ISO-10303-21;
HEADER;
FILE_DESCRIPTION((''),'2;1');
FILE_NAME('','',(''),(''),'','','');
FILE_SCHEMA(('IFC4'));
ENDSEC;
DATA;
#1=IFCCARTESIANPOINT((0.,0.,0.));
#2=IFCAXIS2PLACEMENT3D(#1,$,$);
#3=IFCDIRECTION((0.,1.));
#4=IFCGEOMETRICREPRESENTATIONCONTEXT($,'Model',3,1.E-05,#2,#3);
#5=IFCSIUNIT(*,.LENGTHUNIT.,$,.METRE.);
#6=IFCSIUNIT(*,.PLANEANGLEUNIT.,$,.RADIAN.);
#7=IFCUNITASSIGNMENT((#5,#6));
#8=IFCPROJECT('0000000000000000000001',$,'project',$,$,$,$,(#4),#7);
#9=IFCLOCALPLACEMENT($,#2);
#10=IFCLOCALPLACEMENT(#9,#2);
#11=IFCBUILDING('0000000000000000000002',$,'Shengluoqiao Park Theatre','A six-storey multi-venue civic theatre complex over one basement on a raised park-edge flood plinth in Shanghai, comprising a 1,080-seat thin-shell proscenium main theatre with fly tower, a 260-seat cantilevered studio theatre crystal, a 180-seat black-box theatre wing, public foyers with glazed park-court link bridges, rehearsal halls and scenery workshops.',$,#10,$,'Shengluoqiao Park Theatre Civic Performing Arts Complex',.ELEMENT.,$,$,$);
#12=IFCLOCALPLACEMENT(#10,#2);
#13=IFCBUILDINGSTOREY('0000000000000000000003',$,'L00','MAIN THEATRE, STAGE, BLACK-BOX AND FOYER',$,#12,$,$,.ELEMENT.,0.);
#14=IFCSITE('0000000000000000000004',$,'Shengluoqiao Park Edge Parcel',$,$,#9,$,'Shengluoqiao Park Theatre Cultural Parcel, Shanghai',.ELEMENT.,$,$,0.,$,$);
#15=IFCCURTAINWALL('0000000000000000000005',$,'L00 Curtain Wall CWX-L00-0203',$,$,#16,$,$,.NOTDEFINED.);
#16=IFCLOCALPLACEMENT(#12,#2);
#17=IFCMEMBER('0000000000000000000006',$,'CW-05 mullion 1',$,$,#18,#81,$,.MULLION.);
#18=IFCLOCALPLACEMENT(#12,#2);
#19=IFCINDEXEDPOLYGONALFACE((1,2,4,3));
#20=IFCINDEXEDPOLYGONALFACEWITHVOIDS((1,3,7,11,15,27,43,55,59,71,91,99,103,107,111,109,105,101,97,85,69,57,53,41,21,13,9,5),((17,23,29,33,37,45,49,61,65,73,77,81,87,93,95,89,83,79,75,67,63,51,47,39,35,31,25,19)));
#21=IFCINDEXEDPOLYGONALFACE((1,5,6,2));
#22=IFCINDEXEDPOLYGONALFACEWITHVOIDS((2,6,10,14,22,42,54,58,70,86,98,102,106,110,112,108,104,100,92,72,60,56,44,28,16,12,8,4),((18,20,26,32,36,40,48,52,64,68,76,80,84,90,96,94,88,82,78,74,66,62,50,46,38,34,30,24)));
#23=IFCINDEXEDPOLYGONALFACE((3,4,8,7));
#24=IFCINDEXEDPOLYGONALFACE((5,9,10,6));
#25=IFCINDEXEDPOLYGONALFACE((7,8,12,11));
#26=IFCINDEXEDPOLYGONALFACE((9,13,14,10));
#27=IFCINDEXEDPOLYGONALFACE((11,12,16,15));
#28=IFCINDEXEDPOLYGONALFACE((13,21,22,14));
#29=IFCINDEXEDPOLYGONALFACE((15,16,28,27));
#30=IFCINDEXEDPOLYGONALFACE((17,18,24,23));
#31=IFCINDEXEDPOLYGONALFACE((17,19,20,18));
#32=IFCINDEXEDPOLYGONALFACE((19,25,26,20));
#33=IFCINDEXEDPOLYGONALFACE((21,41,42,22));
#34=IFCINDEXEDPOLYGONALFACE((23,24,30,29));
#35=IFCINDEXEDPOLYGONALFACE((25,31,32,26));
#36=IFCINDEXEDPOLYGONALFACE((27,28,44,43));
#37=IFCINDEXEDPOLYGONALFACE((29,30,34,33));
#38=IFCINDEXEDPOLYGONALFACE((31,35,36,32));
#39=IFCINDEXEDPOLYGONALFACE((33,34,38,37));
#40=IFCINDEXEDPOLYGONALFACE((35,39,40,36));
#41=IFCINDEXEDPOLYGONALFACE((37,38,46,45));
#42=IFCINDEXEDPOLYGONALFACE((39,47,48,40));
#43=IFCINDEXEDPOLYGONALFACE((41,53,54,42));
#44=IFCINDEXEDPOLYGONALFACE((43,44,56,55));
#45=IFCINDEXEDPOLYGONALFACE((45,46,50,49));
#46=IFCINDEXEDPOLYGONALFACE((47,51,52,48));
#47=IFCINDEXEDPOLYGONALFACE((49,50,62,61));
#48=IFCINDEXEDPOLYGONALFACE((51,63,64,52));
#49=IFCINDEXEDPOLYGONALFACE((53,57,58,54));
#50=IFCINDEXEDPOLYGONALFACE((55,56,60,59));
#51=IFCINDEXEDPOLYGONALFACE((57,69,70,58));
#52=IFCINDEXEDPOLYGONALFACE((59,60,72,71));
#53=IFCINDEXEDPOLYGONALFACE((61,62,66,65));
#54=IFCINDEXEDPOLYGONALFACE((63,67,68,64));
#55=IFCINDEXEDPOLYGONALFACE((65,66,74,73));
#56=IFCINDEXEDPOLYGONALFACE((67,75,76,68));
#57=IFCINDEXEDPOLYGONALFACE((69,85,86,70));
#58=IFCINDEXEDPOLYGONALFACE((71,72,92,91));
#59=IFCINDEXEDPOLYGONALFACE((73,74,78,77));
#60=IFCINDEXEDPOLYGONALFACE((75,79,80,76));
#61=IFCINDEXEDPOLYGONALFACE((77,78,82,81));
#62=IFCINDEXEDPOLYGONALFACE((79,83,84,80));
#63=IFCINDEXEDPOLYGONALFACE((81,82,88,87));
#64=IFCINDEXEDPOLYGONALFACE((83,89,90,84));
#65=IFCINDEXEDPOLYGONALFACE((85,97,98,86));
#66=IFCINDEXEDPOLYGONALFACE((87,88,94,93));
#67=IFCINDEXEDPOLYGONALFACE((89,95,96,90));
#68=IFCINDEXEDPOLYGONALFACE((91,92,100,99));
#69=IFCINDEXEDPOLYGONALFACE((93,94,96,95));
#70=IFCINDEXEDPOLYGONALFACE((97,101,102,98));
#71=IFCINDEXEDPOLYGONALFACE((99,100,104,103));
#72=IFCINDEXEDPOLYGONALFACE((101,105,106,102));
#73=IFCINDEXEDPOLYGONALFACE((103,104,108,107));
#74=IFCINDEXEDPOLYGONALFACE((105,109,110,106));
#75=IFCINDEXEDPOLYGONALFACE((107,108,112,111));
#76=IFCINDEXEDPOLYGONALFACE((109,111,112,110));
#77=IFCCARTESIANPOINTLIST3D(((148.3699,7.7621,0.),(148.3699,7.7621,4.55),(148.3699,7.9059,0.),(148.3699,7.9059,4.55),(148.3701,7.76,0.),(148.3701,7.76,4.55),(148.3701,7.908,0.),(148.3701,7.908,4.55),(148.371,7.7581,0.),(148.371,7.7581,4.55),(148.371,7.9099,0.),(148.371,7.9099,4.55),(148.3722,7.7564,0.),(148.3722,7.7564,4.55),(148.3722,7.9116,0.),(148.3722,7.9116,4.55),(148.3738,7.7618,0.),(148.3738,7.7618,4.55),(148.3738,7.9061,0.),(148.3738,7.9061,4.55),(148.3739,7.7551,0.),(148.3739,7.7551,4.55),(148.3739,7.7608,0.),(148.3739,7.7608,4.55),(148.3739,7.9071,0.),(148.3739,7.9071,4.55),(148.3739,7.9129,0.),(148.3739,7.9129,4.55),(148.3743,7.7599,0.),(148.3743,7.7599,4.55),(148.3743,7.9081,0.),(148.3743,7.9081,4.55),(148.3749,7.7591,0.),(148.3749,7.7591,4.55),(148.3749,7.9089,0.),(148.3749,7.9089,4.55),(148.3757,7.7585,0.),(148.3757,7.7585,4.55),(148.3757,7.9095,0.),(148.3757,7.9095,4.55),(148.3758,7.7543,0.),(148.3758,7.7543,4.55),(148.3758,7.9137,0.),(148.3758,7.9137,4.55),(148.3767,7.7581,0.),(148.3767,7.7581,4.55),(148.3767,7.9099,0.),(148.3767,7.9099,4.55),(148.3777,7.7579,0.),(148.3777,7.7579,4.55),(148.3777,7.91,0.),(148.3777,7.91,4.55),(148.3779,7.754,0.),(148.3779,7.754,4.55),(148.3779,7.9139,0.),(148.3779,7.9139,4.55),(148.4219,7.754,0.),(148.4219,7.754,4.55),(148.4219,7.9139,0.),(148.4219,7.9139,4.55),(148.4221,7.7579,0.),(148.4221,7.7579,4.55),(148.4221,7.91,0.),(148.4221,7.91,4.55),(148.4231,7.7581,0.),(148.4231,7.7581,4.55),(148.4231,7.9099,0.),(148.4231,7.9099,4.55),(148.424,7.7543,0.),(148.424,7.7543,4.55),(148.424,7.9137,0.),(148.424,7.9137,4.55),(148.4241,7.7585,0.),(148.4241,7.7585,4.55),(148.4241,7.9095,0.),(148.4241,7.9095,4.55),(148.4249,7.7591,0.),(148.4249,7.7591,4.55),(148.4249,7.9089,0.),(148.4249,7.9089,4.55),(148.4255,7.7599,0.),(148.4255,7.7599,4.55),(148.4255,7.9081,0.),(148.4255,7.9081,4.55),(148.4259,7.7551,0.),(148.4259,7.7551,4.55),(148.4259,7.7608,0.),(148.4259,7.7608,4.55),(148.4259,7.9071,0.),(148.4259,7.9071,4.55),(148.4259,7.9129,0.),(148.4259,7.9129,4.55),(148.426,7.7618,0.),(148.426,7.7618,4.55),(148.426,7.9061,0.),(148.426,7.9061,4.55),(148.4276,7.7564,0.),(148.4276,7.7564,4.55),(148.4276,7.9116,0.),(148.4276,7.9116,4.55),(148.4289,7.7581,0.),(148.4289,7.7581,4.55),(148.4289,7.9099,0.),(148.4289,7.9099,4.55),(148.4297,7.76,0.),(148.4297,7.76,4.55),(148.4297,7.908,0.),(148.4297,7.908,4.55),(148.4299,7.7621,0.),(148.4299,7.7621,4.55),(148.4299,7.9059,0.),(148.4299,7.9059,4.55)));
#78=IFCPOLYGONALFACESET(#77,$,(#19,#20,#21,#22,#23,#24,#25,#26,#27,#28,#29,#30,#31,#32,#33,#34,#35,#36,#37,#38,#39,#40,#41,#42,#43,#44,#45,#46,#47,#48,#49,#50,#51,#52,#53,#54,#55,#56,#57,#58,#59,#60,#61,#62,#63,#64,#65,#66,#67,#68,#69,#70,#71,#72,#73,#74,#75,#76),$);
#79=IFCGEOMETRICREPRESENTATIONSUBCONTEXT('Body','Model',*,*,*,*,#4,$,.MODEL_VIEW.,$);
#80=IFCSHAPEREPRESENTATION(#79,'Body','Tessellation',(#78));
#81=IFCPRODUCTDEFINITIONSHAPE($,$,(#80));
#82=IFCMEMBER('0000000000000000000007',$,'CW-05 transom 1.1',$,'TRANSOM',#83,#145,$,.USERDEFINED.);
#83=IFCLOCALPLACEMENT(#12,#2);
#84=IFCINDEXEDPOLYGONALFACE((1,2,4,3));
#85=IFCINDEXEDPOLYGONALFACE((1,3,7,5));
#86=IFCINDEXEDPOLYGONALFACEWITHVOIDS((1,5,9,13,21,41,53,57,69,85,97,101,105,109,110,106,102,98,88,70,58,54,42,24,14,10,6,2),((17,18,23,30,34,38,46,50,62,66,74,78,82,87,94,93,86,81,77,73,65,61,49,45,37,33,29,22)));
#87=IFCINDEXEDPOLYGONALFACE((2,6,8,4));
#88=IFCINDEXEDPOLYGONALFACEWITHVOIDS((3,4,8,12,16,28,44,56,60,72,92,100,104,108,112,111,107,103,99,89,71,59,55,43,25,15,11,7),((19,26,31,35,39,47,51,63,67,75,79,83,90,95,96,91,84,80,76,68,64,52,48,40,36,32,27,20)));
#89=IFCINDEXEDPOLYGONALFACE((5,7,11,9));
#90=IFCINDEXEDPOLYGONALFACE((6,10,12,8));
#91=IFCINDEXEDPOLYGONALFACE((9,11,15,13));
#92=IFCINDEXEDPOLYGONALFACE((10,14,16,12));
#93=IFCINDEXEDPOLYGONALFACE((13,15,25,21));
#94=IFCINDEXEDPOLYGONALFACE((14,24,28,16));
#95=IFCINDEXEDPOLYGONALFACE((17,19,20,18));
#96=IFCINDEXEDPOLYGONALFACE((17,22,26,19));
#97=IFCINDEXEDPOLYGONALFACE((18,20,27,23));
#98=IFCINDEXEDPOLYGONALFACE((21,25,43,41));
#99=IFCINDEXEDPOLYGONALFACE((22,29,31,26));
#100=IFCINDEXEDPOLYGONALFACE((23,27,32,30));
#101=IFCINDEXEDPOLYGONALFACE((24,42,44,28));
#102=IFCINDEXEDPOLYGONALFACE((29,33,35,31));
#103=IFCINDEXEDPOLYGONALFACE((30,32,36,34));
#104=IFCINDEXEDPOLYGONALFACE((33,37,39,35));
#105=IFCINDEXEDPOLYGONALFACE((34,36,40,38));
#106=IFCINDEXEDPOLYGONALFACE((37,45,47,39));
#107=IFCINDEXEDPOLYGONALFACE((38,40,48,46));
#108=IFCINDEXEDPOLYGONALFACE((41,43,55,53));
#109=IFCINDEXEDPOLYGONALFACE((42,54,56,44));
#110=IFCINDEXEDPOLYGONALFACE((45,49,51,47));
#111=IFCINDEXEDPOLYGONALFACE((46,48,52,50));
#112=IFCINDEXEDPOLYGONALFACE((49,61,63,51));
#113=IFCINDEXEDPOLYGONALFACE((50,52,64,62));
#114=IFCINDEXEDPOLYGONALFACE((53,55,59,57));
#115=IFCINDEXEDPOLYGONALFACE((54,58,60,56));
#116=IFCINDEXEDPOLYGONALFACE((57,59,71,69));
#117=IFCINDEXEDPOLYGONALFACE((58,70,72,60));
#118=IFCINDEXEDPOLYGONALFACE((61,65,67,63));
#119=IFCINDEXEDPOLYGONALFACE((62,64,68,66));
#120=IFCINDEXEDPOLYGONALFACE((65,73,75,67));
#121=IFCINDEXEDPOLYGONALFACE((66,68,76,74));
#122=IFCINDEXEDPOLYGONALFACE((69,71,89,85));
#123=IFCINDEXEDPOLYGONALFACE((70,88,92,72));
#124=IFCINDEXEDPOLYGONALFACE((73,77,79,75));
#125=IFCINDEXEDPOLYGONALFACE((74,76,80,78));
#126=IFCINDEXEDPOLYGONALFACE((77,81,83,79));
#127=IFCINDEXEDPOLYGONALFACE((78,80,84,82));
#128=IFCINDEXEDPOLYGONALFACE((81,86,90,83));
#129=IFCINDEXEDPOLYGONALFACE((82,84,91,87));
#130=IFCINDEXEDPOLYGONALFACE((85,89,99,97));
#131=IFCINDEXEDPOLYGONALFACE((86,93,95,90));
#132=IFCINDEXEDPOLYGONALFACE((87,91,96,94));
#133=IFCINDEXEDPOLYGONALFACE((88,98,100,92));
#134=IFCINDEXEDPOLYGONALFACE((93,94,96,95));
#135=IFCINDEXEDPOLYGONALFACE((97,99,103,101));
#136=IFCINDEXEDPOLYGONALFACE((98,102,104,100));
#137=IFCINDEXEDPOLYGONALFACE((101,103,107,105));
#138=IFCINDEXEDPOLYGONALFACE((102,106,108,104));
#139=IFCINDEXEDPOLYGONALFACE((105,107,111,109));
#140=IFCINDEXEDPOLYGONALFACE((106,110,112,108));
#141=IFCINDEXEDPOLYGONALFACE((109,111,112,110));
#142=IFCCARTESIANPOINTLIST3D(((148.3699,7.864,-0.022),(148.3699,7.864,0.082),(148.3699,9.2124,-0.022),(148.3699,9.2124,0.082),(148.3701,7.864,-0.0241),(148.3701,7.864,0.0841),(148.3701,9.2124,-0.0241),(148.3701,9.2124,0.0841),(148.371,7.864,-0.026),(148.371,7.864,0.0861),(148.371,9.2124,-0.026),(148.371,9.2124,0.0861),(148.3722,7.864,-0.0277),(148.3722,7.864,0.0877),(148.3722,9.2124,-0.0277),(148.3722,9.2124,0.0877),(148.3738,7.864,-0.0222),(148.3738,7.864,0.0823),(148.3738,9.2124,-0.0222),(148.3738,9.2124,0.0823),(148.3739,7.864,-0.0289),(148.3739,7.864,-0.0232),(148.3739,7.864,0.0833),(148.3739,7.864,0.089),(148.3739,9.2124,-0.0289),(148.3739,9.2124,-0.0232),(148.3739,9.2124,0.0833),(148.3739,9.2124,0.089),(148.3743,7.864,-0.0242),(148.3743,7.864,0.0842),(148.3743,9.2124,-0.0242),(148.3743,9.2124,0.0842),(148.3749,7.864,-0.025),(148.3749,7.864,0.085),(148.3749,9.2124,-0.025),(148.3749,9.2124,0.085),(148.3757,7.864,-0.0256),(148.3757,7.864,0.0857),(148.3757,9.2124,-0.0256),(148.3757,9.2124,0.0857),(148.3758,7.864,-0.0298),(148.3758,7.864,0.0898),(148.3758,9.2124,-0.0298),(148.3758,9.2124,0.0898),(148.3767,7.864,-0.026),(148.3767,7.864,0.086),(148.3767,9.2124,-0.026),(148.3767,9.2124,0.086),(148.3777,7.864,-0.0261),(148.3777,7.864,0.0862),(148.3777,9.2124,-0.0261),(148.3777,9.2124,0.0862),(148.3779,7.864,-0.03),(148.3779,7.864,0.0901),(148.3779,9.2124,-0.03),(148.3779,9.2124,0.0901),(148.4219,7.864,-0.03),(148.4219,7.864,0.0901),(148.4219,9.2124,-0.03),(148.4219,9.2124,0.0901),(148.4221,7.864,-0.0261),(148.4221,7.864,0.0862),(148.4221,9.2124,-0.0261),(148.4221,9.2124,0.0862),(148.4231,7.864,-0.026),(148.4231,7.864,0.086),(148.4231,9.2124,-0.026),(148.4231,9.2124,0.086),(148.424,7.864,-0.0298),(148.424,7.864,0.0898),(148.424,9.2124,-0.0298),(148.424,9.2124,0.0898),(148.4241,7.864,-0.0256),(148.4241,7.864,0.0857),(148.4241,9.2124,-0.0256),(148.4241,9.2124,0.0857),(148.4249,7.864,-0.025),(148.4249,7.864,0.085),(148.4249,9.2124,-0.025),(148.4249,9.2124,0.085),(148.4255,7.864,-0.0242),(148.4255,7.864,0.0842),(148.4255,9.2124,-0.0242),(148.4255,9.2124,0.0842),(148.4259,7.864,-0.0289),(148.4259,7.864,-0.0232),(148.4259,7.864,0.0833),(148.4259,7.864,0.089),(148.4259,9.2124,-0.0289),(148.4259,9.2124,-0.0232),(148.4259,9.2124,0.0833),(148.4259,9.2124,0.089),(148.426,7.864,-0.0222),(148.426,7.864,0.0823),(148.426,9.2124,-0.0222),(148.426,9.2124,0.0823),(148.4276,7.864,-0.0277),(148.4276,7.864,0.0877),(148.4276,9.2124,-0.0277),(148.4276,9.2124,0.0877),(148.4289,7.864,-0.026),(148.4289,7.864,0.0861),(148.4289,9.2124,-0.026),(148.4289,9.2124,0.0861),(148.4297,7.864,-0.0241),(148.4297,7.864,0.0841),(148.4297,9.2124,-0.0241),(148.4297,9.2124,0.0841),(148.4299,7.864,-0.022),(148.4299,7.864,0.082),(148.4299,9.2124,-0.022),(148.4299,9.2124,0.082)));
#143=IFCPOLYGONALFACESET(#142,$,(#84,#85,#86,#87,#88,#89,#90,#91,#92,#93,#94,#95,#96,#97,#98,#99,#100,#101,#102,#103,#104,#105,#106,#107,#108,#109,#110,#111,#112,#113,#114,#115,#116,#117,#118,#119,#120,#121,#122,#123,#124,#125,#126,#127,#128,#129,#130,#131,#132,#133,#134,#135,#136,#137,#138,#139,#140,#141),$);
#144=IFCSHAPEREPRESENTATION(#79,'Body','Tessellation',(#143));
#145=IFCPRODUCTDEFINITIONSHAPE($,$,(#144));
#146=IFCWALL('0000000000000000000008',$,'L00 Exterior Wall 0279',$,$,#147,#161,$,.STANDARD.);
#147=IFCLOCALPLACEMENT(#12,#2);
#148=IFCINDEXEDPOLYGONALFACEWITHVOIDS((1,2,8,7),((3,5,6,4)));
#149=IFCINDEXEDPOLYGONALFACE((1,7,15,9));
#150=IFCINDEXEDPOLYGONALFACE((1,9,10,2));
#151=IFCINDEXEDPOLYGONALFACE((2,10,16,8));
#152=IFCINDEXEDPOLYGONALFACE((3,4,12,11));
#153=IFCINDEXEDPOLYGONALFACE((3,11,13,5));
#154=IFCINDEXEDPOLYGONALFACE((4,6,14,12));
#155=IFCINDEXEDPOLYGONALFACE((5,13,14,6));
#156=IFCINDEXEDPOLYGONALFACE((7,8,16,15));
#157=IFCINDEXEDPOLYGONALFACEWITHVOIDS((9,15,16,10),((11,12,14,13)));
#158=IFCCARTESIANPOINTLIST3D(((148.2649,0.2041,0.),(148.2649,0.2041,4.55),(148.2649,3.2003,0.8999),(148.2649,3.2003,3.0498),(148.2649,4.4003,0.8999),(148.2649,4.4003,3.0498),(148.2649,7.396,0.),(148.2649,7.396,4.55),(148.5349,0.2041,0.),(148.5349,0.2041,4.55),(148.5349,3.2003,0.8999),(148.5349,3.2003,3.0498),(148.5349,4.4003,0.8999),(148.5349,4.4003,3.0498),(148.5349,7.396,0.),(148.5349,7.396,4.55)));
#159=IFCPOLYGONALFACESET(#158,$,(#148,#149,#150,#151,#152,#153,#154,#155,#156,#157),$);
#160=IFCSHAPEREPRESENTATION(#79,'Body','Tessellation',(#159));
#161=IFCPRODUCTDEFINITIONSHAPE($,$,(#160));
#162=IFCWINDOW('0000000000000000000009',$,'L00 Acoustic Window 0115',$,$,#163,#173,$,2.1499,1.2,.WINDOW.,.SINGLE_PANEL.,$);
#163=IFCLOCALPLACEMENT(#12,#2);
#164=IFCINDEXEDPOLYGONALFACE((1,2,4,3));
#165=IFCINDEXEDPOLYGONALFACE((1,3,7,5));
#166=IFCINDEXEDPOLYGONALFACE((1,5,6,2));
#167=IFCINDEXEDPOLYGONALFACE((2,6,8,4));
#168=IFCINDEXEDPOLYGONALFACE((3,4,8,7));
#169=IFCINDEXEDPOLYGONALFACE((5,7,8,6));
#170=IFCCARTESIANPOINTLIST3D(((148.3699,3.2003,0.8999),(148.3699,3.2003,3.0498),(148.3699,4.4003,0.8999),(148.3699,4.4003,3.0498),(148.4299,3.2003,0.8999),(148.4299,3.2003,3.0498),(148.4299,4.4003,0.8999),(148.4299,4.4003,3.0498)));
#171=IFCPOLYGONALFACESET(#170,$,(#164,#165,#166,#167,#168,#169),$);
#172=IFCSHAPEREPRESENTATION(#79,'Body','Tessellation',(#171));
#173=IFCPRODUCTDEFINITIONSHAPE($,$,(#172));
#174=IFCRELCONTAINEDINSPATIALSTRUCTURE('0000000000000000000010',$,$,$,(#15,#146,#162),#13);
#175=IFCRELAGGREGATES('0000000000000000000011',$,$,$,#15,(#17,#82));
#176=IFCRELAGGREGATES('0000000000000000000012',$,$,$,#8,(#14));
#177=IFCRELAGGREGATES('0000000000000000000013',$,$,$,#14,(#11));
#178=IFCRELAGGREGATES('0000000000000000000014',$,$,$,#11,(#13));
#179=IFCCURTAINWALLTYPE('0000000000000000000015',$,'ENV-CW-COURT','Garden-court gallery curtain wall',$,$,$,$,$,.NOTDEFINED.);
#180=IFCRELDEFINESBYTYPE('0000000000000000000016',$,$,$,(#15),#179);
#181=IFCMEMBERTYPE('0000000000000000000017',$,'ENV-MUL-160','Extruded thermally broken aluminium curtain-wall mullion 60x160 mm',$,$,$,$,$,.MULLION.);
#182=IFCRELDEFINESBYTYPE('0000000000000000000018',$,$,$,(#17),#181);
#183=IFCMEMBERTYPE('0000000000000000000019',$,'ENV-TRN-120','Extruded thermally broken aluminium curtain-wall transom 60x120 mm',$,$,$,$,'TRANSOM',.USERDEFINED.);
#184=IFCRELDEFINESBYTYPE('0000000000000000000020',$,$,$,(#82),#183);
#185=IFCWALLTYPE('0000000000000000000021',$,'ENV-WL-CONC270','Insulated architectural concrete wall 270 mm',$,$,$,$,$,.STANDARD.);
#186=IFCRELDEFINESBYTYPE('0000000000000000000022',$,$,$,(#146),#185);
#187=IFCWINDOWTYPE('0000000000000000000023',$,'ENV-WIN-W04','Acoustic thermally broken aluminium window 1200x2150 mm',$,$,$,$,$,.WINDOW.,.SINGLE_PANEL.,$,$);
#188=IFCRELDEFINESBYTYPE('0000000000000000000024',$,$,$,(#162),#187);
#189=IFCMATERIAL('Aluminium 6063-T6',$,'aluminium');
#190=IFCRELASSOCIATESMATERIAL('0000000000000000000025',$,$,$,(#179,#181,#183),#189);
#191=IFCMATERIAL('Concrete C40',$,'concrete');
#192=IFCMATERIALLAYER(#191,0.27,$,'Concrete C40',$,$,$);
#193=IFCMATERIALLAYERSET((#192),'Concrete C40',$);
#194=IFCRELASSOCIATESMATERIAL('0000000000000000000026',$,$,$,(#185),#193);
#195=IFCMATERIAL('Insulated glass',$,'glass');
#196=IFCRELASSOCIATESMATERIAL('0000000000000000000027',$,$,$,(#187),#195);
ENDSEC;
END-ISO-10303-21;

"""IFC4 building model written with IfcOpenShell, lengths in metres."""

from ifc_helpers import new_model, si_unit, direction, frame, frame_2d, origin, origin_2d, place, context, subcontext, project, spatial, rectangle, hollow_rectangle, extrude, material, layer, layer_set, material_profile, profile_set, type_object, element, fill, aggregate, save


model = new_model("IFC4")

# Units and contexts
model_context = context("Model", 3, precision=1e-05, world=origin(), true_north=direction((0.0, 1.0)))
body_context = subcontext(model_context, "Body", "Model", "MODEL_VIEW")
ifc_project = project(units=[si_unit("LENGTHUNIT", "METRE"), si_unit("PLANEANGLEUNIT", "RADIAN")], contexts=[model_context])

# Site, building, storey
site_placement = place(None, origin())
site = spatial("IfcSite", under=ifc_project, at=site_placement, Name="Shengluoqiao Park Edge Parcel", LongName="Shengluoqiao Park Theatre Cultural Parcel, Shanghai", CompositionType="ELEMENT", RefElevation=0.0)
building_placement = place(site_placement, origin())
building = spatial("IfcBuilding", under=site, at=building_placement, Name="Shengluoqiao Park Theatre", Description="A six-storey multi-venue civic theatre complex over one basement on a raised park-edge flood plinth in Shanghai, comprising a 1,080-seat thin-shell proscenium main theatre with fly tower, a 260-seat cantilevered studio theatre crystal, a 180-seat black-box theatre wing, public foyers with glazed park-court link bridges, rehearsal halls and scenery workshops.", LongName="Shengluoqiao Park Theatre Civic Performing Arts Complex", CompositionType="ELEMENT")
storey_placement = place(building_placement, origin())
storey = spatial("IfcBuildingStorey", under=building, at=storey_placement, Name="L00", Description="MAIN THEATRE, STAGE, BLACK-BOX AND FOYER", CompositionType="ELEMENT", Elevation=0.0)

# Shared definitions
ifc_material_1 = material(Name="Concrete C40", Category="concrete")

# Curtain wall, members
ifc_material_2 = material(Name="Aluminium 6063-T6", Category="aluminium")
curtain_wall_type = type_object("IfcCurtainWallType", Name="ENV-CW-COURT", Description="Garden-court gallery curtain wall", PredefinedType="NOTDEFINED", material=ifc_material_2)
curtain_wall_placement = place(storey_placement, origin())
curtain_wall = element("IfcCurtainWall", 1, at=curtain_wall_placement, inside=storey, type_object=curtain_wall_type, Name="L00 Curtain Wall CWX-L00-0203", PredefinedType="NOTDEFINED")
ifc_material_profile_1 = material_profile(ifc_material_2, hollow_rectangle(XDim=0.0601, YDim=0.1599, WallThickness=0.0039, InnerFilletRadius=0.0039, OuterFilletRadius=0.0081, at=origin_2d()), Name="ALU MULLION 160x60x4")
ifc_profile_set_1 = profile_set([ifc_material_profile_1], Name="Aluminium 6063-T6")
member_type_1 = type_object("IfcMemberType", Name="ENV-MUL-160", Description="Extruded thermally broken aluminium curtain-wall mullion 60x160 mm", PredefinedType="MULLION", material=ifc_profile_set_1)
member_1_placement = place(storey_placement, frame((148.3999, 7.834, 0.0), z_axis=(0.0, 0.0, 1.0), x_axis=(-1.0, 0.0, 0.0)))
member_1 = element("IfcMember", 2, at=member_1_placement, type_object=member_type_1, Name="CW-05 mullion 1", PredefinedType="MULLION", context=body_context, shape_type="SweptSolid", body=[
    extrude(hollow_rectangle(XDim=0.0601, YDim=0.1599, WallThickness=0.0039, InnerFilletRadius=0.0039, OuterFilletRadius=0.0081, at=origin_2d()), origin(), (0.0, 0.0, 1.0), 4.55),
])
ifc_material_profile_2 = material_profile(ifc_material_2, hollow_rectangle(XDim=0.0601, YDim=0.1201, WallThickness=0.0039, InnerFilletRadius=0.0039, OuterFilletRadius=0.0081, at=origin_2d()), Name="ALU TRANSOM 120x60x4")
ifc_profile_set_2 = profile_set([ifc_material_profile_2], Name="Aluminium 6063-T6")
member_type_2 = type_object("IfcMemberType", Name="ENV-TRN-120", Description="Extruded thermally broken aluminium curtain-wall transom 60x120 mm", ElementType="TRANSOM", PredefinedType="USERDEFINED", material=ifc_profile_set_2)
member_2_placement = place(storey_placement, frame((148.3999, 7.864, 0.03), z_axis=(0.0, 1.0, 0.0), x_axis=(-1.0, 0.0, 0.0)))
member_2 = element("IfcMember", 3, at=member_2_placement, type_object=member_type_2, Name="CW-05 transom 1.1", ObjectType="TRANSOM", PredefinedType="USERDEFINED", context=body_context, shape_type="SweptSolid", body=[
    extrude(hollow_rectangle(XDim=0.0601, YDim=0.1201, WallThickness=0.0039, InnerFilletRadius=0.0039, OuterFilletRadius=0.0081, at=origin_2d()), origin(), (0.0, 0.0, 1.0), 1.3484),
])
aggregate(curtain_wall, [member_1, member_2])

# Wall, opening, window
ifc_layer = layer(ifc_material_1, 0.27, Name="Concrete C40")
ifc_layer_set = layer_set([ifc_layer], Name="Concrete C40")
wall_type = type_object("IfcWallType", Name="ENV-WL-CONC270", Description="Insulated architectural concrete wall 270 mm", PredefinedType="STANDARD", material=ifc_layer_set)
wall_placement = place(storey_placement, frame((148.3999, 0.2041, 0.0), z_axis=(0.0, 0.0, 1.0), x_axis=(0.0, 1.0, 0.0)))
wall = element("IfcWall", 4, at=wall_placement, inside=storey, type_object=wall_type, Name="L00 Exterior Wall 0279", PredefinedType="STANDARD", context=body_context, shape_type="SweptSolid", body=[
    extrude(rectangle(XDim=7.1919, YDim=0.27, at=frame_2d((3.5959, 0.0))), origin(), (0.0, 0.0, 1.0), 4.55),
])
opening_placement = place(wall_placement, frame((2.9961, 0.0, 0.8999)))
opening = element("IfcOpeningElement", 5, at=opening_placement, cuts=wall, PredefinedType="OPENING", context=body_context, shape_type="SweptSolid", body=[
    extrude(rectangle(XDim=1.2, YDim=2.1499, at=frame_2d((0.6001, 1.075))), frame((0.0, 0.145, 0.0), z_axis=(0.0, -1.0, 0.0), x_axis=(1.0, 0.0, 0.0)), (0.0, 0.0, 1.0), 0.29),
])
ifc_material_3 = material(Name="Insulated glass", Category="glass")
window_type = type_object("IfcWindowType", Name="ENV-WIN-W04", Description="Acoustic thermally broken aluminium window 1200x2150 mm", PartitioningType="SINGLE_PANEL", PredefinedType="WINDOW", material=ifc_material_3)
window_placement = place(opening_placement, origin())
window = element("IfcWindow", 6, at=window_placement, inside=storey, type_object=window_type, Name="L00 Acoustic Window 0115", OverallHeight=2.1499, OverallWidth=1.2, PartitioningType="SINGLE_PANEL", PredefinedType="WINDOW", context=body_context, shape_type="SweptSolid", body=[
    extrude(rectangle(XDim=1.2, YDim=2.1499, at=frame_2d((0.6001, 1.075))), frame((0.0, 0.03, 0.0), z_axis=(0.0, -1.0, 0.0), x_axis=(1.0, 0.0, 0.0)), (0.0, 0.0, 1.0), 0.0601),
])
fill(opening, window)

save(model, "model.ifc")
